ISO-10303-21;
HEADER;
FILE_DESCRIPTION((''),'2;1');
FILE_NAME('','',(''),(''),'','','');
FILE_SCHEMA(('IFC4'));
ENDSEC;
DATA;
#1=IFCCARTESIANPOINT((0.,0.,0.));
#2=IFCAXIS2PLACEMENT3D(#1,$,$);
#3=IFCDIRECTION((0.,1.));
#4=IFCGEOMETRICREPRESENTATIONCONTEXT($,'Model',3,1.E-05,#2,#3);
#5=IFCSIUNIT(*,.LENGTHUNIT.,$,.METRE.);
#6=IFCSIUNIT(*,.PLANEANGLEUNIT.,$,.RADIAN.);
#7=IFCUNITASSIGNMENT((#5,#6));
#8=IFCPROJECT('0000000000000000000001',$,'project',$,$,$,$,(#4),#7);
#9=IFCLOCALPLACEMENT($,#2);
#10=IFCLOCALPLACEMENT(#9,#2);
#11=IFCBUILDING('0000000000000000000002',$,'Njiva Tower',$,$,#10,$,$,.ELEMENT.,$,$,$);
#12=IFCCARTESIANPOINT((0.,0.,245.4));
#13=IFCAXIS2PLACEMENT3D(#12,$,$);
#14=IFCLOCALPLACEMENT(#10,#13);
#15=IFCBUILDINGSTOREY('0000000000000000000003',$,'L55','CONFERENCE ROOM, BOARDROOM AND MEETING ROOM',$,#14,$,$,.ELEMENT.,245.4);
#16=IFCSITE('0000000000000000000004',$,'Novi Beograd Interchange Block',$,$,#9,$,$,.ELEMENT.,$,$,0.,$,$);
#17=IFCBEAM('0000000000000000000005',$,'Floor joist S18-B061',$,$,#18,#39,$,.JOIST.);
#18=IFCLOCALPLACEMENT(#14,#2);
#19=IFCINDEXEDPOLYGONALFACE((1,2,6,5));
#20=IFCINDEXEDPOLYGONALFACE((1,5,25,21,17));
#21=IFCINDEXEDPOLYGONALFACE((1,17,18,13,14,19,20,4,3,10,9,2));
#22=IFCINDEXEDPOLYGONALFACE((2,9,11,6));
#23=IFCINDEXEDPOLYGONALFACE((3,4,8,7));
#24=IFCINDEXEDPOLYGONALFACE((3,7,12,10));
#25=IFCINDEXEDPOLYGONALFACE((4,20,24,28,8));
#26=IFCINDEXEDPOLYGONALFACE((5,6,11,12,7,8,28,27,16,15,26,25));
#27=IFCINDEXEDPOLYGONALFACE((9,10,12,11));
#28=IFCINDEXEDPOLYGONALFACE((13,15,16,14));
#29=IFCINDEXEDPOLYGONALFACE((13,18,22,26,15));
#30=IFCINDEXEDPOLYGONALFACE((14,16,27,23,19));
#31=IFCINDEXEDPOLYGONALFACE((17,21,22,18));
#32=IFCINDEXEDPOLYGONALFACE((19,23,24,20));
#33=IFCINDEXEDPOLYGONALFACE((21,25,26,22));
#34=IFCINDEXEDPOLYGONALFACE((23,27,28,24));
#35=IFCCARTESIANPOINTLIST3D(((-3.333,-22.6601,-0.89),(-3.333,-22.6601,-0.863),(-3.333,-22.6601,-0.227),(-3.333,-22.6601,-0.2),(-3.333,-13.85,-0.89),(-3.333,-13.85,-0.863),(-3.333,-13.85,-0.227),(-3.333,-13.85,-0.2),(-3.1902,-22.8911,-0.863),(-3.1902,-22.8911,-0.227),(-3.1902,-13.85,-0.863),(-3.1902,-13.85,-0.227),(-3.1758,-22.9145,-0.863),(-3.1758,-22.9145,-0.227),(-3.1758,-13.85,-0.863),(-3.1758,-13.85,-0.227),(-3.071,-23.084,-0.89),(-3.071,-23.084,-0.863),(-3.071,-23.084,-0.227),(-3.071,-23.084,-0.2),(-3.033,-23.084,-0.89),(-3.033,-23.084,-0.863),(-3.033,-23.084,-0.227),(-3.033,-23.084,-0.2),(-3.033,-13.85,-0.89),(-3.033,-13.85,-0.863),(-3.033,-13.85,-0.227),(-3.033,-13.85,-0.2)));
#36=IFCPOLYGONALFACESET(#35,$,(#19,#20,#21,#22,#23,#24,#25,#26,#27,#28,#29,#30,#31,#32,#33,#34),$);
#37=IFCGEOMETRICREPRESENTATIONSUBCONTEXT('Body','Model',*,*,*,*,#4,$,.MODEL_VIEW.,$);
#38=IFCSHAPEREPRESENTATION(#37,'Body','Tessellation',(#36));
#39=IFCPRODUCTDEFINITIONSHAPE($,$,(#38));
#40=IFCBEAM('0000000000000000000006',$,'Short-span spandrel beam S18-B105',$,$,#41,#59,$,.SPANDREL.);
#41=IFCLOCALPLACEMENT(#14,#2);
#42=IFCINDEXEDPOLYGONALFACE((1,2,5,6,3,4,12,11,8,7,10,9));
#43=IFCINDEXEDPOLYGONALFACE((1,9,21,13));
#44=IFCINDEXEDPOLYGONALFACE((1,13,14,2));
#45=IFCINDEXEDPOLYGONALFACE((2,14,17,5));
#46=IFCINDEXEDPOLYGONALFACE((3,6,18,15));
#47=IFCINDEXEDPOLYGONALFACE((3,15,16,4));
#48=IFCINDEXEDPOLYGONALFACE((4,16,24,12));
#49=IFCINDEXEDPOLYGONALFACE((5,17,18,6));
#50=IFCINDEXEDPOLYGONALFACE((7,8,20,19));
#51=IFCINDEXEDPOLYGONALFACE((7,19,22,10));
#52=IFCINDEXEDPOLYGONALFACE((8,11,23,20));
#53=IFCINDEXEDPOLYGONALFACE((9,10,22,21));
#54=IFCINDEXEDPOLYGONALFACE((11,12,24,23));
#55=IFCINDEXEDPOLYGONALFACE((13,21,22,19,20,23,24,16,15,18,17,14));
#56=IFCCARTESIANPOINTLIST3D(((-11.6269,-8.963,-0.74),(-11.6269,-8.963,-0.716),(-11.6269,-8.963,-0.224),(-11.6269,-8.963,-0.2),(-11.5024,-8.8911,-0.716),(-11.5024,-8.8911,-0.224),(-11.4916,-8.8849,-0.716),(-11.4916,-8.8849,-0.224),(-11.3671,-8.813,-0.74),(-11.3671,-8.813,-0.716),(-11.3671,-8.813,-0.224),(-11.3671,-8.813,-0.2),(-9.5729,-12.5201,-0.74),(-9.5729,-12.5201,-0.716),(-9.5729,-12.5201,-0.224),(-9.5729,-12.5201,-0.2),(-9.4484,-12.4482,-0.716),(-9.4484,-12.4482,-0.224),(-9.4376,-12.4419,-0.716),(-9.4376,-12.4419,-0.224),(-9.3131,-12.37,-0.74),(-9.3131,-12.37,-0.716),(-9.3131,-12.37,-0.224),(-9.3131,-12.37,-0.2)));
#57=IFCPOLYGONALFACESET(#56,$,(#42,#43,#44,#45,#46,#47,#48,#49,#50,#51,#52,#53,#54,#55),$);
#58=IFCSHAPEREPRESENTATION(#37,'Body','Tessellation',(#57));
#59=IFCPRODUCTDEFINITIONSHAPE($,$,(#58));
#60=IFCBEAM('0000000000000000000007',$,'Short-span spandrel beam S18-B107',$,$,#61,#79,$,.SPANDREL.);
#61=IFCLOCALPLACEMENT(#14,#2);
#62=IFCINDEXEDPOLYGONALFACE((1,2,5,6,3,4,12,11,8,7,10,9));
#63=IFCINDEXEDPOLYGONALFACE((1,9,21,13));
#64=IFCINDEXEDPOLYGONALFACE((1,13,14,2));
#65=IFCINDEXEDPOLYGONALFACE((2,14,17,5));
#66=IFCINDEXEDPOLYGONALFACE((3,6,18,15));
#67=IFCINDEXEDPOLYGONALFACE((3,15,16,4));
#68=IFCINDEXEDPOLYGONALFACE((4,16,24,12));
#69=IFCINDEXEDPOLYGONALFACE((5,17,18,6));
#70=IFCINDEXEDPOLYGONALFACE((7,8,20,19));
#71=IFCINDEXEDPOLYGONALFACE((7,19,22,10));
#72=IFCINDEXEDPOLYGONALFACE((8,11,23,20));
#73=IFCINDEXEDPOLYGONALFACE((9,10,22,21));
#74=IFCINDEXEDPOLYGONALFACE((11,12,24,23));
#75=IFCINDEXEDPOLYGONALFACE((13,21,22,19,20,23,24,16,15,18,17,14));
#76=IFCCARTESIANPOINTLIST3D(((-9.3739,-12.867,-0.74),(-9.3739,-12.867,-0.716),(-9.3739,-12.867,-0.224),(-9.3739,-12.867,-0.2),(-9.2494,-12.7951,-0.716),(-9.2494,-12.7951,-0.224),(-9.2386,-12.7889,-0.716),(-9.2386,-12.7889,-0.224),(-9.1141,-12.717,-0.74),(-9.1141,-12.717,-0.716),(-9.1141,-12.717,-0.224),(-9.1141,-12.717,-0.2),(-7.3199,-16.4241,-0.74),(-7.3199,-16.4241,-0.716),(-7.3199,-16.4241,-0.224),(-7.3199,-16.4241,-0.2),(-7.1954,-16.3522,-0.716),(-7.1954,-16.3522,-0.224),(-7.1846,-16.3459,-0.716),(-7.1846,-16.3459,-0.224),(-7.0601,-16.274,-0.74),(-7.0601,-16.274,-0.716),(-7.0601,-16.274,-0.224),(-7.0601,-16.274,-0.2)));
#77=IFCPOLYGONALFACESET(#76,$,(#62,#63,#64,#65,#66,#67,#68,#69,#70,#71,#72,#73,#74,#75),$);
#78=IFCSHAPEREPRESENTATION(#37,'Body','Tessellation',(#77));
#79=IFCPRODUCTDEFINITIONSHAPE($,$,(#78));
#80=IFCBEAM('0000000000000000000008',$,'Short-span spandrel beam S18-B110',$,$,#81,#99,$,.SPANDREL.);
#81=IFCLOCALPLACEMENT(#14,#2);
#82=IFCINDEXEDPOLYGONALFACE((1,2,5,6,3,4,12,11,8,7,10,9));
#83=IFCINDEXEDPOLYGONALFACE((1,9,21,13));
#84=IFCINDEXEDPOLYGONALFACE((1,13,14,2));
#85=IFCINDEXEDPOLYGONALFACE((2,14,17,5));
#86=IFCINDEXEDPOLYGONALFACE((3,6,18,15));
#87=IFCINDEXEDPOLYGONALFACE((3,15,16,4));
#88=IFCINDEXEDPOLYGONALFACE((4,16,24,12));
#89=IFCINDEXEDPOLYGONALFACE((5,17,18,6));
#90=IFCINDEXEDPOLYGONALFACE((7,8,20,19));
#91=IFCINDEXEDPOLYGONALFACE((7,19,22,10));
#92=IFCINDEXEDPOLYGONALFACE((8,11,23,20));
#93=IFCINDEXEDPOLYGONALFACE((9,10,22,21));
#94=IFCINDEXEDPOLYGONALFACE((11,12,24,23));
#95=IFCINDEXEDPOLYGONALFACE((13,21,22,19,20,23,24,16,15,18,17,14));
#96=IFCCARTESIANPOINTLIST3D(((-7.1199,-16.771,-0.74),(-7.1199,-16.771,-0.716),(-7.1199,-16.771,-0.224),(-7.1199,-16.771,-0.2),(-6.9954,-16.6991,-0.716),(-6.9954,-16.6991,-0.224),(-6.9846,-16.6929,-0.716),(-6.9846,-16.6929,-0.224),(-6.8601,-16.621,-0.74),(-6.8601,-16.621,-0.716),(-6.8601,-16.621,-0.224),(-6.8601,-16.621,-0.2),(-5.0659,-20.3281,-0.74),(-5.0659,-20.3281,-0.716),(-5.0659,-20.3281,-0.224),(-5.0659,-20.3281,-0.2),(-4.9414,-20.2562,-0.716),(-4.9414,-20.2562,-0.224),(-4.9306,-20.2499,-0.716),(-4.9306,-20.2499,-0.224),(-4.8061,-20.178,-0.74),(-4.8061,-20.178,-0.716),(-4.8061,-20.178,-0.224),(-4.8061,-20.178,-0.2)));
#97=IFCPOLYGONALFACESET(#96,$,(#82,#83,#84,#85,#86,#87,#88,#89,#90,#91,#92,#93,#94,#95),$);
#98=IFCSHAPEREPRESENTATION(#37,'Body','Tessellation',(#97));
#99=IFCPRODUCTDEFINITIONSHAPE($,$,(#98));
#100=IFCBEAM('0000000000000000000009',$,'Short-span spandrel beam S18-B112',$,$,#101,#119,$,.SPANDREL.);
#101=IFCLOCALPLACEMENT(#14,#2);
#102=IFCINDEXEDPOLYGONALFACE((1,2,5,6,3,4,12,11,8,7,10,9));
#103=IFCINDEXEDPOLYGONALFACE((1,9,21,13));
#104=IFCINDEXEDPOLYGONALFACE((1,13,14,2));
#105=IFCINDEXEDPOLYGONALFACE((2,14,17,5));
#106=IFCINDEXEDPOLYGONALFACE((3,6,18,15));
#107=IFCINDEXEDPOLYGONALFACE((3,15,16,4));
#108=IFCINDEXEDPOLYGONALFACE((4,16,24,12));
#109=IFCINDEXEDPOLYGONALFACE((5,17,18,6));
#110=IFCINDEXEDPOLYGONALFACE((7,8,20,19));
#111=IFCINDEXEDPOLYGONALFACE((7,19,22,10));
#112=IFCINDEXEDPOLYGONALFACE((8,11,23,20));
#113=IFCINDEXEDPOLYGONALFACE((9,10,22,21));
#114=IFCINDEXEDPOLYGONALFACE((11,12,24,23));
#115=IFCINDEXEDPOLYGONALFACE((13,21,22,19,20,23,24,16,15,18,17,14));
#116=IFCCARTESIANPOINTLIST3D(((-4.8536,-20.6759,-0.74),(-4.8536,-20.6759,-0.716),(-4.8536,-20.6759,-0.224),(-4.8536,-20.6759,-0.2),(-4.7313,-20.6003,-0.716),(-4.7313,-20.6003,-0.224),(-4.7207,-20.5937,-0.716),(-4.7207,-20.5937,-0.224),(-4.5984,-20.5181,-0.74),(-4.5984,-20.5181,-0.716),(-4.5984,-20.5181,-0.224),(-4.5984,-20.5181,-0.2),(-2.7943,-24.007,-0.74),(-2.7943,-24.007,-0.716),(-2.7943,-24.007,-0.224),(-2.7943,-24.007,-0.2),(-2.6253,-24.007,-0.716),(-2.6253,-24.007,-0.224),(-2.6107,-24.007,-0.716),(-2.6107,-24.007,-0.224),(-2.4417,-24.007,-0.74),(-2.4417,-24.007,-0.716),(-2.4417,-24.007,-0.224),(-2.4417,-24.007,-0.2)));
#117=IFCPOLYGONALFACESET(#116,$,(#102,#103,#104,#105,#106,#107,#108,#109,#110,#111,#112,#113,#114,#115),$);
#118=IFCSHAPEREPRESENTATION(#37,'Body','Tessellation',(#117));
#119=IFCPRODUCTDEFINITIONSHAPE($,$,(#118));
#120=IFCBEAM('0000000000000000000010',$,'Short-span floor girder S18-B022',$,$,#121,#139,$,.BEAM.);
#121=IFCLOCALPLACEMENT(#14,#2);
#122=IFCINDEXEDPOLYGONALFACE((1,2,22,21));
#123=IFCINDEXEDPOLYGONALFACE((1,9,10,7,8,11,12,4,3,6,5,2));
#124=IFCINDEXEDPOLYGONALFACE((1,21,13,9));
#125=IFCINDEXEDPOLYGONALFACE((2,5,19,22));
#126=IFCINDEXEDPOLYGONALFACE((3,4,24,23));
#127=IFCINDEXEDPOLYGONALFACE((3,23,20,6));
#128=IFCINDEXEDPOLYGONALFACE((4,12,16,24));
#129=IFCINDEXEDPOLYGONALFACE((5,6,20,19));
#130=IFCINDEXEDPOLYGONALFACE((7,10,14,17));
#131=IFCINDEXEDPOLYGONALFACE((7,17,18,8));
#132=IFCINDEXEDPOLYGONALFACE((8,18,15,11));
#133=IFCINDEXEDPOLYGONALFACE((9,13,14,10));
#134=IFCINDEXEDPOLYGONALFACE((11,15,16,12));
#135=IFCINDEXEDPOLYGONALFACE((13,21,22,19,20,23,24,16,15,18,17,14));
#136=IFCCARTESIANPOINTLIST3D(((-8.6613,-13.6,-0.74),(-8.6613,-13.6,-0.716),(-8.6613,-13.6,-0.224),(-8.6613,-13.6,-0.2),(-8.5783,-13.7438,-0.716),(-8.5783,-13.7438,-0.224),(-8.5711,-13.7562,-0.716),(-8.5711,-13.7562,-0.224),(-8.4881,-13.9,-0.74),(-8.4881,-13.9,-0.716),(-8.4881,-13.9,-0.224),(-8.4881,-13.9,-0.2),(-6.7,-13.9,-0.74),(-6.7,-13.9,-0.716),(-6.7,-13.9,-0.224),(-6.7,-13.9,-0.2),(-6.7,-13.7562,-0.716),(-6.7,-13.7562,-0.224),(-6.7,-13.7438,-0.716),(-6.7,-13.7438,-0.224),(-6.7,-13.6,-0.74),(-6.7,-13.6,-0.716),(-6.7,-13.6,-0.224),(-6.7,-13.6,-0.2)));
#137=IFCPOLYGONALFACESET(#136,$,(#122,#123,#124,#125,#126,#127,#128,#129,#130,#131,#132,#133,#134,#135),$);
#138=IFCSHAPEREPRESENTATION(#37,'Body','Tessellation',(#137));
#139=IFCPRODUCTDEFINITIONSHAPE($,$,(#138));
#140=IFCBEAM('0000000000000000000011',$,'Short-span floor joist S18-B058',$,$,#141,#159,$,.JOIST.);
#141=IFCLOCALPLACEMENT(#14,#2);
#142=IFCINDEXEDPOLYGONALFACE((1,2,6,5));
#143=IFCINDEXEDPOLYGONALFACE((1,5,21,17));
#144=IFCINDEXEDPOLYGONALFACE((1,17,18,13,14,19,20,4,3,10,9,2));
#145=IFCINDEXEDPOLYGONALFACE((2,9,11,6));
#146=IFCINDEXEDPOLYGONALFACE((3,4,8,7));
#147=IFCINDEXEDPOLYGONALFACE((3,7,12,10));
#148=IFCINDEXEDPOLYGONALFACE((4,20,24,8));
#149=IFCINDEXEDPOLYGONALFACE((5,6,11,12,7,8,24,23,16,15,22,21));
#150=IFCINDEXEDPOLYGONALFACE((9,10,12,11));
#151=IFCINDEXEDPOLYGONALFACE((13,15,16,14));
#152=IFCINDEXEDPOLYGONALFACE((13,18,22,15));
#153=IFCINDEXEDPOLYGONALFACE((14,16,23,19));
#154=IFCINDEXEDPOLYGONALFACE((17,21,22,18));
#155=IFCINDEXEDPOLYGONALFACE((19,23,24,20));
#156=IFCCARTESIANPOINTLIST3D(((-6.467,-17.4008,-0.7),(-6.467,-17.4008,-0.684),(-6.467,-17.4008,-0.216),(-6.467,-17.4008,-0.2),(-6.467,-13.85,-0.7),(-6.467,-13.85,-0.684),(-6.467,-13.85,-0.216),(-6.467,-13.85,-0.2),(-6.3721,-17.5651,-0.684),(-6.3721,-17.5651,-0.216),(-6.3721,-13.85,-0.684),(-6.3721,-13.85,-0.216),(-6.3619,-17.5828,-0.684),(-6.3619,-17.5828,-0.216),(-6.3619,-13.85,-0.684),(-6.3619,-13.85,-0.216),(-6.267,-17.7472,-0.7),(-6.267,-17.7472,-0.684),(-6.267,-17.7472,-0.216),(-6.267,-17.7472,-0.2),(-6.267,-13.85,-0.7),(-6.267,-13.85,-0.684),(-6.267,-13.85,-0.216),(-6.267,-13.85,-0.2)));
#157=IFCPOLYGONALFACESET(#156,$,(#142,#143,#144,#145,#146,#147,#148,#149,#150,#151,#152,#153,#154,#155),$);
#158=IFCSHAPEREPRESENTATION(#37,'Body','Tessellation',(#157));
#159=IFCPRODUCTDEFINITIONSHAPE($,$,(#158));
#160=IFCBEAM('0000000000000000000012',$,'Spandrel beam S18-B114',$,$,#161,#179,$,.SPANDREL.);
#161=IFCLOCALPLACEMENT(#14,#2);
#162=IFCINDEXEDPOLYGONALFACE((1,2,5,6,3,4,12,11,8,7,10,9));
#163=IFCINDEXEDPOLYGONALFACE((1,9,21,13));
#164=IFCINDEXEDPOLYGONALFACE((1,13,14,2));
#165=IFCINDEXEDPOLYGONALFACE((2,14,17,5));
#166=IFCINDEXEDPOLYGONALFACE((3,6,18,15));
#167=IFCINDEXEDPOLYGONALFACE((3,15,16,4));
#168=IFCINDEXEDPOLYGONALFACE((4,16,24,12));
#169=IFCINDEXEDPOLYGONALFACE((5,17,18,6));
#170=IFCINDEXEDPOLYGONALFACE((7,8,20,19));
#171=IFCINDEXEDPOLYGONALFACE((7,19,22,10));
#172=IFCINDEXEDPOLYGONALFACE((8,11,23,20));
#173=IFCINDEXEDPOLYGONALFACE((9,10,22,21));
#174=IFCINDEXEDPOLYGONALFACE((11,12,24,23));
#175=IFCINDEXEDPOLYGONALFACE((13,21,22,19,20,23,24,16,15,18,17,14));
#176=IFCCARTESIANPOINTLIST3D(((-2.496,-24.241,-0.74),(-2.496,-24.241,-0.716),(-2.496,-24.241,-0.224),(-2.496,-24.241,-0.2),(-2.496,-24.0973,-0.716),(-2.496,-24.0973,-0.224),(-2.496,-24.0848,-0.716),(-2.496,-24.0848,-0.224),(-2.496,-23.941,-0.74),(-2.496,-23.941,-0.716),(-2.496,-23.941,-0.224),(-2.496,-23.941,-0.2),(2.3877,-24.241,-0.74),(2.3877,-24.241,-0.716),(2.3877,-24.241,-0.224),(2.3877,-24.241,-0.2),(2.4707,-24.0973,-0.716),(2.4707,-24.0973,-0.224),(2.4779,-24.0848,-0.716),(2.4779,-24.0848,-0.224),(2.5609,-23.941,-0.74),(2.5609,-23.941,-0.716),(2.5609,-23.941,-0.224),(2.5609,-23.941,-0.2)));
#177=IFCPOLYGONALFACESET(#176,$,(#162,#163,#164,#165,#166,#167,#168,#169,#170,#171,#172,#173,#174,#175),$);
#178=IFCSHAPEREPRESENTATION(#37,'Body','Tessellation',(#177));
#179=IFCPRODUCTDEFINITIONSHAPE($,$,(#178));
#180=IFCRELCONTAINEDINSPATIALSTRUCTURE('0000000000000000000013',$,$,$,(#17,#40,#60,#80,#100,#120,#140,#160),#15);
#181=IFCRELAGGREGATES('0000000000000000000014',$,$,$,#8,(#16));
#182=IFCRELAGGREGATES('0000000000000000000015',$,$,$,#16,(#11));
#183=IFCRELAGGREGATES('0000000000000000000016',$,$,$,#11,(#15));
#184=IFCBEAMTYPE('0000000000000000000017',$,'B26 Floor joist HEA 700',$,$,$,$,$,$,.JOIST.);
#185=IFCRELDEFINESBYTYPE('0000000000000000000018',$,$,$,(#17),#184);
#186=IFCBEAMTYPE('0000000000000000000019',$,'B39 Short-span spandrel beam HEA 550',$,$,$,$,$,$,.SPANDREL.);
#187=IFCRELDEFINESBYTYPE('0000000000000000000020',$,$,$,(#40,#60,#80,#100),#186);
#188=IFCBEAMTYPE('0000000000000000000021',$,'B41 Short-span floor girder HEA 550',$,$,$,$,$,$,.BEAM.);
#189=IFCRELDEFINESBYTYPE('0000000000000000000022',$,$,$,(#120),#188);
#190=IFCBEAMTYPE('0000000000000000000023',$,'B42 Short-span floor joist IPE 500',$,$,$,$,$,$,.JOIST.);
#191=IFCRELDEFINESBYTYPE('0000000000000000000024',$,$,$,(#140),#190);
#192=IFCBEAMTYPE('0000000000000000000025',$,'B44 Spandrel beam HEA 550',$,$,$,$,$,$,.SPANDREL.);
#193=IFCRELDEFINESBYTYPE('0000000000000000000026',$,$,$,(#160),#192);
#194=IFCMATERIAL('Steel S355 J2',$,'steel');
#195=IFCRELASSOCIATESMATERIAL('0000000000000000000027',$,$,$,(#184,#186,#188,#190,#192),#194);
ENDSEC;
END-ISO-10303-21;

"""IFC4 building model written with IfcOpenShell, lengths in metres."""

from ifc_helpers import new_model, si_unit, direction, frame, origin, origin_2d, place, context, subcontext, project, spatial, i_section, extrude, clip, halfspace, material, material_profile, profile_set, type_object, element, save


model = new_model("IFC4")

# Units and contexts
model_context = context("Model", 3, precision=1e-05, world=origin(), true_north=direction((0.0, 1.0)))
body_context = subcontext(model_context, "Body", "Model", "MODEL_VIEW")
ifc_project = project(units=[si_unit("LENGTHUNIT", "METRE"), si_unit("PLANEANGLEUNIT", "RADIAN")], contexts=[model_context])

# Site, building, storey
site_placement = place(None, origin())
site = spatial("IfcSite", under=ifc_project, at=site_placement, Name="Novi Beograd Interchange Block", CompositionType="ELEMENT", RefElevation=0.0)
building_placement = place(site_placement, origin())
building = spatial("IfcBuilding", under=site, at=building_placement, Name="Njiva Tower", CompositionType="ELEMENT")
storey_placement = place(building_placement, frame((0.0, 0.0, 245.4)))
storey = spatial("IfcBuildingStorey", under=building, at=storey_placement, Name="L55", Description="CONFERENCE ROOM, BOARDROOM AND MEETING ROOM", CompositionType="ELEMENT", Elevation=245.4)

# Shared definitions
ifc_material_1 = material(Name="Steel S355 J2", Category="steel")

# Beams
ifc_material_profile_1 = material_profile(ifc_material_1, i_section(OverallWidth=0.3, OverallDepth=0.69, WebThickness=0.0145, FlangeThickness=0.027, at=origin_2d()), Name="HEA 700")
ifc_profile_set_1 = profile_set([ifc_material_profile_1], Name="Steel S355 J2")
beam_type_1 = type_object("IfcBeamType", Name="B26 Floor joist HEA 700", PredefinedType="JOIST", material=ifc_profile_set_1)
beam_1_placement = place(storey_placement, frame((-3.183, -13.85, -0.545), z_axis=(0.0, -1.0, 0.0), x_axis=(1.0, 0.0, 0.0)))
element("IfcBeam", 1, at=beam_1_placement, inside=storey, type_object=beam_type_1, Name="Floor joist S18-B061", PredefinedType="JOIST", context=body_context, shape_type="Clipping", body=[
    clip(extrude(i_section(OverallWidth=0.3, OverallDepth=0.69, WebThickness=0.0145, FlangeThickness=0.027, at=origin_2d()), origin(), (0.0, 0.0, 1.0), 9.234), halfspace(frame((-0.0429, 0.0, 8.9834), z_axis=(-0.850625, 0.0, 0.525773), x_axis=(0.0, 1.0, 0.0)), False)),
])
ifc_material_profile_2 = material_profile(ifc_material_1, i_section(OverallWidth=0.3, OverallDepth=0.54, WebThickness=0.0125, FlangeThickness=0.024, at=origin_2d()), Name="HEA 550")
ifc_profile_set_2 = profile_set([ifc_material_profile_2], Name="Steel S355 J2")
beam_type_2 = type_object("IfcBeamType", Name="B39 Short-span spandrel beam HEA 550", PredefinedType="SPANDREL", material=ifc_profile_set_2)
for number, where, z_axis, x_axis, name in (
    (2, (-11.497, -8.888, -0.47), (0.500067, -0.865987, 0.0), (0.865987, 0.500067, 0.0), "Short-span spandrel beam S18-B105"),
    (3, (-9.244, -12.792, -0.47), (0.500067, -0.865987, 0.0), (0.865987, 0.500067, 0.0), "Short-span spandrel beam S18-B107"),
    (4, (-6.99, -16.696, -0.47), (0.500067, -0.865987, 0.0), (0.865987, 0.500067, 0.0), "Short-span spandrel beam S18-B110"),
):
    element("IfcBeam", number, at=place(storey_placement, frame(where, z_axis=z_axis, x_axis=x_axis)), inside=storey, type_object=beam_type_2, Name=name, PredefinedType="SPANDREL", context=body_context, shape_type="SweptSolid", body=[
        extrude(i_section(OverallWidth=0.3, OverallDepth=0.54, WebThickness=0.0125, FlangeThickness=0.024, at=origin_2d()), origin(), (0.0, 0.0, 1.0), 4.1075),
    ])
beam_2_placement = place(storey_placement, frame((-4.726, -20.597, -0.47), z_axis=(0.525822, -0.850595, 0.0), x_axis=(0.850595, 0.525822, 0.0)))
element("IfcBeam", 5, at=beam_2_placement, inside=storey, type_object=beam_type_2, Name="Short-span spandrel beam S18-B112", PredefinedType="SPANDREL", context=body_context, shape_type="Clipping", body=[
    clip(extrude(i_section(OverallWidth=0.3, OverallDepth=0.54, WebThickness=0.0125, FlangeThickness=0.024, at=origin_2d()), origin(), (0.0, 0.0, 1.0), 4.122), halfspace(frame((-0.0263, 0.0, 3.9927), z_axis=(-0.525822, 0.0, 0.850595), x_axis=(0.0, 1.0, 0.0)), False)),
])
ifc_material_profile_3 = material_profile(ifc_material_1, i_section(OverallWidth=0.3, OverallDepth=0.54, WebThickness=0.0125, FlangeThickness=0.024, at=origin_2d()), Name="HEA 550")
ifc_profile_set_3 = profile_set([ifc_material_profile_3], Name="Steel S355 J2")
beam_type_3 = type_object("IfcBeamType", Name="B41 Short-span floor girder HEA 550", PredefinedType="BEAM", material=ifc_profile_set_3)
beam_3_placement = place(storey_placement, frame((-8.682, -13.75, -0.47), z_axis=(1.0, 0.0, 0.0), x_axis=(0.0, 1.0, 0.0)))
element("IfcBeam", 6, at=beam_3_placement, inside=storey, type_object=beam_type_3, Name="Short-span floor girder S18-B022", PredefinedType="BEAM", context=body_context, shape_type="Clipping", body=[
    clip(extrude(i_section(OverallWidth=0.3, OverallDepth=0.54, WebThickness=0.0125, FlangeThickness=0.024, at=origin_2d()), origin(), (0.0, 0.0, 1.0), 1.982), halfspace(frame((-0.025, 0.0, 0.1217), z_axis=(-0.499998, 0.0, -0.866027), x_axis=(0.0, -1.0, 0.0)), False)),
])
ifc_material_profile_4 = material_profile(ifc_material_1, i_section(OverallWidth=0.2, OverallDepth=0.5, WebThickness=0.0102, FlangeThickness=0.016, at=origin_2d()), Name="IPE 500")
ifc_profile_set_4 = profile_set([ifc_material_profile_4], Name="Steel S355 J2")
beam_type_4 = type_object("IfcBeamType", Name="B42 Short-span floor joist IPE 500", PredefinedType="JOIST", material=ifc_profile_set_4)
beam_4_placement = place(storey_placement, frame((-6.367, -13.85, -0.45), z_axis=(0.0, -1.0, 0.0), x_axis=(1.0, 0.0, 0.0)))
element("IfcBeam", 7, at=beam_4_placement, inside=storey, type_object=beam_type_4, Name="Short-span floor joist S18-B058", PredefinedType="JOIST", context=body_context, shape_type="Clipping", body=[
    clip(extrude(i_section(OverallWidth=0.2, OverallDepth=0.5, WebThickness=0.0102, FlangeThickness=0.016, at=origin_2d()), origin(), (0.0, 0.0, 1.0), 3.917), halfspace(frame((-0.043, 0.0, 3.6495), z_axis=(-0.866027, 0.0, 0.499998), x_axis=(0.0, 1.0, 0.0)), False)),
])
ifc_material_profile_5 = material_profile(ifc_material_1, i_section(OverallWidth=0.3, OverallDepth=0.54, WebThickness=0.0125, FlangeThickness=0.024, at=origin_2d()), Name="HEA 550")
ifc_profile_set_5 = profile_set([ifc_material_profile_5], Name="Steel S355 J2")
beam_type_5 = type_object("IfcBeamType", Name="B44 Spandrel beam HEA 550", PredefinedType="SPANDREL", material=ifc_profile_set_5)
beam_5_placement = place(storey_placement, frame((-2.496, -24.091, -0.47), z_axis=(1.0, 0.0, 0.0), x_axis=(0.0, 1.0, 0.0)))
element("IfcBeam", 8, at=beam_5_placement, inside=storey, type_object=beam_type_5, Name="Spandrel beam S18-B114", PredefinedType="SPANDREL", context=body_context, shape_type="Clipping", body=[
    clip(extrude(i_section(OverallWidth=0.3, OverallDepth=0.54, WebThickness=0.0125, FlangeThickness=0.024, at=origin_2d()), origin(), (0.0, 0.0, 1.0), 5.077), halfspace(frame((-0.0247, 0.0, 4.956), z_axis=(-0.499998, 0.0, 0.866027), x_axis=(0.0, 1.0, 0.0)), False)),
])

save(model, "model.ifc")
